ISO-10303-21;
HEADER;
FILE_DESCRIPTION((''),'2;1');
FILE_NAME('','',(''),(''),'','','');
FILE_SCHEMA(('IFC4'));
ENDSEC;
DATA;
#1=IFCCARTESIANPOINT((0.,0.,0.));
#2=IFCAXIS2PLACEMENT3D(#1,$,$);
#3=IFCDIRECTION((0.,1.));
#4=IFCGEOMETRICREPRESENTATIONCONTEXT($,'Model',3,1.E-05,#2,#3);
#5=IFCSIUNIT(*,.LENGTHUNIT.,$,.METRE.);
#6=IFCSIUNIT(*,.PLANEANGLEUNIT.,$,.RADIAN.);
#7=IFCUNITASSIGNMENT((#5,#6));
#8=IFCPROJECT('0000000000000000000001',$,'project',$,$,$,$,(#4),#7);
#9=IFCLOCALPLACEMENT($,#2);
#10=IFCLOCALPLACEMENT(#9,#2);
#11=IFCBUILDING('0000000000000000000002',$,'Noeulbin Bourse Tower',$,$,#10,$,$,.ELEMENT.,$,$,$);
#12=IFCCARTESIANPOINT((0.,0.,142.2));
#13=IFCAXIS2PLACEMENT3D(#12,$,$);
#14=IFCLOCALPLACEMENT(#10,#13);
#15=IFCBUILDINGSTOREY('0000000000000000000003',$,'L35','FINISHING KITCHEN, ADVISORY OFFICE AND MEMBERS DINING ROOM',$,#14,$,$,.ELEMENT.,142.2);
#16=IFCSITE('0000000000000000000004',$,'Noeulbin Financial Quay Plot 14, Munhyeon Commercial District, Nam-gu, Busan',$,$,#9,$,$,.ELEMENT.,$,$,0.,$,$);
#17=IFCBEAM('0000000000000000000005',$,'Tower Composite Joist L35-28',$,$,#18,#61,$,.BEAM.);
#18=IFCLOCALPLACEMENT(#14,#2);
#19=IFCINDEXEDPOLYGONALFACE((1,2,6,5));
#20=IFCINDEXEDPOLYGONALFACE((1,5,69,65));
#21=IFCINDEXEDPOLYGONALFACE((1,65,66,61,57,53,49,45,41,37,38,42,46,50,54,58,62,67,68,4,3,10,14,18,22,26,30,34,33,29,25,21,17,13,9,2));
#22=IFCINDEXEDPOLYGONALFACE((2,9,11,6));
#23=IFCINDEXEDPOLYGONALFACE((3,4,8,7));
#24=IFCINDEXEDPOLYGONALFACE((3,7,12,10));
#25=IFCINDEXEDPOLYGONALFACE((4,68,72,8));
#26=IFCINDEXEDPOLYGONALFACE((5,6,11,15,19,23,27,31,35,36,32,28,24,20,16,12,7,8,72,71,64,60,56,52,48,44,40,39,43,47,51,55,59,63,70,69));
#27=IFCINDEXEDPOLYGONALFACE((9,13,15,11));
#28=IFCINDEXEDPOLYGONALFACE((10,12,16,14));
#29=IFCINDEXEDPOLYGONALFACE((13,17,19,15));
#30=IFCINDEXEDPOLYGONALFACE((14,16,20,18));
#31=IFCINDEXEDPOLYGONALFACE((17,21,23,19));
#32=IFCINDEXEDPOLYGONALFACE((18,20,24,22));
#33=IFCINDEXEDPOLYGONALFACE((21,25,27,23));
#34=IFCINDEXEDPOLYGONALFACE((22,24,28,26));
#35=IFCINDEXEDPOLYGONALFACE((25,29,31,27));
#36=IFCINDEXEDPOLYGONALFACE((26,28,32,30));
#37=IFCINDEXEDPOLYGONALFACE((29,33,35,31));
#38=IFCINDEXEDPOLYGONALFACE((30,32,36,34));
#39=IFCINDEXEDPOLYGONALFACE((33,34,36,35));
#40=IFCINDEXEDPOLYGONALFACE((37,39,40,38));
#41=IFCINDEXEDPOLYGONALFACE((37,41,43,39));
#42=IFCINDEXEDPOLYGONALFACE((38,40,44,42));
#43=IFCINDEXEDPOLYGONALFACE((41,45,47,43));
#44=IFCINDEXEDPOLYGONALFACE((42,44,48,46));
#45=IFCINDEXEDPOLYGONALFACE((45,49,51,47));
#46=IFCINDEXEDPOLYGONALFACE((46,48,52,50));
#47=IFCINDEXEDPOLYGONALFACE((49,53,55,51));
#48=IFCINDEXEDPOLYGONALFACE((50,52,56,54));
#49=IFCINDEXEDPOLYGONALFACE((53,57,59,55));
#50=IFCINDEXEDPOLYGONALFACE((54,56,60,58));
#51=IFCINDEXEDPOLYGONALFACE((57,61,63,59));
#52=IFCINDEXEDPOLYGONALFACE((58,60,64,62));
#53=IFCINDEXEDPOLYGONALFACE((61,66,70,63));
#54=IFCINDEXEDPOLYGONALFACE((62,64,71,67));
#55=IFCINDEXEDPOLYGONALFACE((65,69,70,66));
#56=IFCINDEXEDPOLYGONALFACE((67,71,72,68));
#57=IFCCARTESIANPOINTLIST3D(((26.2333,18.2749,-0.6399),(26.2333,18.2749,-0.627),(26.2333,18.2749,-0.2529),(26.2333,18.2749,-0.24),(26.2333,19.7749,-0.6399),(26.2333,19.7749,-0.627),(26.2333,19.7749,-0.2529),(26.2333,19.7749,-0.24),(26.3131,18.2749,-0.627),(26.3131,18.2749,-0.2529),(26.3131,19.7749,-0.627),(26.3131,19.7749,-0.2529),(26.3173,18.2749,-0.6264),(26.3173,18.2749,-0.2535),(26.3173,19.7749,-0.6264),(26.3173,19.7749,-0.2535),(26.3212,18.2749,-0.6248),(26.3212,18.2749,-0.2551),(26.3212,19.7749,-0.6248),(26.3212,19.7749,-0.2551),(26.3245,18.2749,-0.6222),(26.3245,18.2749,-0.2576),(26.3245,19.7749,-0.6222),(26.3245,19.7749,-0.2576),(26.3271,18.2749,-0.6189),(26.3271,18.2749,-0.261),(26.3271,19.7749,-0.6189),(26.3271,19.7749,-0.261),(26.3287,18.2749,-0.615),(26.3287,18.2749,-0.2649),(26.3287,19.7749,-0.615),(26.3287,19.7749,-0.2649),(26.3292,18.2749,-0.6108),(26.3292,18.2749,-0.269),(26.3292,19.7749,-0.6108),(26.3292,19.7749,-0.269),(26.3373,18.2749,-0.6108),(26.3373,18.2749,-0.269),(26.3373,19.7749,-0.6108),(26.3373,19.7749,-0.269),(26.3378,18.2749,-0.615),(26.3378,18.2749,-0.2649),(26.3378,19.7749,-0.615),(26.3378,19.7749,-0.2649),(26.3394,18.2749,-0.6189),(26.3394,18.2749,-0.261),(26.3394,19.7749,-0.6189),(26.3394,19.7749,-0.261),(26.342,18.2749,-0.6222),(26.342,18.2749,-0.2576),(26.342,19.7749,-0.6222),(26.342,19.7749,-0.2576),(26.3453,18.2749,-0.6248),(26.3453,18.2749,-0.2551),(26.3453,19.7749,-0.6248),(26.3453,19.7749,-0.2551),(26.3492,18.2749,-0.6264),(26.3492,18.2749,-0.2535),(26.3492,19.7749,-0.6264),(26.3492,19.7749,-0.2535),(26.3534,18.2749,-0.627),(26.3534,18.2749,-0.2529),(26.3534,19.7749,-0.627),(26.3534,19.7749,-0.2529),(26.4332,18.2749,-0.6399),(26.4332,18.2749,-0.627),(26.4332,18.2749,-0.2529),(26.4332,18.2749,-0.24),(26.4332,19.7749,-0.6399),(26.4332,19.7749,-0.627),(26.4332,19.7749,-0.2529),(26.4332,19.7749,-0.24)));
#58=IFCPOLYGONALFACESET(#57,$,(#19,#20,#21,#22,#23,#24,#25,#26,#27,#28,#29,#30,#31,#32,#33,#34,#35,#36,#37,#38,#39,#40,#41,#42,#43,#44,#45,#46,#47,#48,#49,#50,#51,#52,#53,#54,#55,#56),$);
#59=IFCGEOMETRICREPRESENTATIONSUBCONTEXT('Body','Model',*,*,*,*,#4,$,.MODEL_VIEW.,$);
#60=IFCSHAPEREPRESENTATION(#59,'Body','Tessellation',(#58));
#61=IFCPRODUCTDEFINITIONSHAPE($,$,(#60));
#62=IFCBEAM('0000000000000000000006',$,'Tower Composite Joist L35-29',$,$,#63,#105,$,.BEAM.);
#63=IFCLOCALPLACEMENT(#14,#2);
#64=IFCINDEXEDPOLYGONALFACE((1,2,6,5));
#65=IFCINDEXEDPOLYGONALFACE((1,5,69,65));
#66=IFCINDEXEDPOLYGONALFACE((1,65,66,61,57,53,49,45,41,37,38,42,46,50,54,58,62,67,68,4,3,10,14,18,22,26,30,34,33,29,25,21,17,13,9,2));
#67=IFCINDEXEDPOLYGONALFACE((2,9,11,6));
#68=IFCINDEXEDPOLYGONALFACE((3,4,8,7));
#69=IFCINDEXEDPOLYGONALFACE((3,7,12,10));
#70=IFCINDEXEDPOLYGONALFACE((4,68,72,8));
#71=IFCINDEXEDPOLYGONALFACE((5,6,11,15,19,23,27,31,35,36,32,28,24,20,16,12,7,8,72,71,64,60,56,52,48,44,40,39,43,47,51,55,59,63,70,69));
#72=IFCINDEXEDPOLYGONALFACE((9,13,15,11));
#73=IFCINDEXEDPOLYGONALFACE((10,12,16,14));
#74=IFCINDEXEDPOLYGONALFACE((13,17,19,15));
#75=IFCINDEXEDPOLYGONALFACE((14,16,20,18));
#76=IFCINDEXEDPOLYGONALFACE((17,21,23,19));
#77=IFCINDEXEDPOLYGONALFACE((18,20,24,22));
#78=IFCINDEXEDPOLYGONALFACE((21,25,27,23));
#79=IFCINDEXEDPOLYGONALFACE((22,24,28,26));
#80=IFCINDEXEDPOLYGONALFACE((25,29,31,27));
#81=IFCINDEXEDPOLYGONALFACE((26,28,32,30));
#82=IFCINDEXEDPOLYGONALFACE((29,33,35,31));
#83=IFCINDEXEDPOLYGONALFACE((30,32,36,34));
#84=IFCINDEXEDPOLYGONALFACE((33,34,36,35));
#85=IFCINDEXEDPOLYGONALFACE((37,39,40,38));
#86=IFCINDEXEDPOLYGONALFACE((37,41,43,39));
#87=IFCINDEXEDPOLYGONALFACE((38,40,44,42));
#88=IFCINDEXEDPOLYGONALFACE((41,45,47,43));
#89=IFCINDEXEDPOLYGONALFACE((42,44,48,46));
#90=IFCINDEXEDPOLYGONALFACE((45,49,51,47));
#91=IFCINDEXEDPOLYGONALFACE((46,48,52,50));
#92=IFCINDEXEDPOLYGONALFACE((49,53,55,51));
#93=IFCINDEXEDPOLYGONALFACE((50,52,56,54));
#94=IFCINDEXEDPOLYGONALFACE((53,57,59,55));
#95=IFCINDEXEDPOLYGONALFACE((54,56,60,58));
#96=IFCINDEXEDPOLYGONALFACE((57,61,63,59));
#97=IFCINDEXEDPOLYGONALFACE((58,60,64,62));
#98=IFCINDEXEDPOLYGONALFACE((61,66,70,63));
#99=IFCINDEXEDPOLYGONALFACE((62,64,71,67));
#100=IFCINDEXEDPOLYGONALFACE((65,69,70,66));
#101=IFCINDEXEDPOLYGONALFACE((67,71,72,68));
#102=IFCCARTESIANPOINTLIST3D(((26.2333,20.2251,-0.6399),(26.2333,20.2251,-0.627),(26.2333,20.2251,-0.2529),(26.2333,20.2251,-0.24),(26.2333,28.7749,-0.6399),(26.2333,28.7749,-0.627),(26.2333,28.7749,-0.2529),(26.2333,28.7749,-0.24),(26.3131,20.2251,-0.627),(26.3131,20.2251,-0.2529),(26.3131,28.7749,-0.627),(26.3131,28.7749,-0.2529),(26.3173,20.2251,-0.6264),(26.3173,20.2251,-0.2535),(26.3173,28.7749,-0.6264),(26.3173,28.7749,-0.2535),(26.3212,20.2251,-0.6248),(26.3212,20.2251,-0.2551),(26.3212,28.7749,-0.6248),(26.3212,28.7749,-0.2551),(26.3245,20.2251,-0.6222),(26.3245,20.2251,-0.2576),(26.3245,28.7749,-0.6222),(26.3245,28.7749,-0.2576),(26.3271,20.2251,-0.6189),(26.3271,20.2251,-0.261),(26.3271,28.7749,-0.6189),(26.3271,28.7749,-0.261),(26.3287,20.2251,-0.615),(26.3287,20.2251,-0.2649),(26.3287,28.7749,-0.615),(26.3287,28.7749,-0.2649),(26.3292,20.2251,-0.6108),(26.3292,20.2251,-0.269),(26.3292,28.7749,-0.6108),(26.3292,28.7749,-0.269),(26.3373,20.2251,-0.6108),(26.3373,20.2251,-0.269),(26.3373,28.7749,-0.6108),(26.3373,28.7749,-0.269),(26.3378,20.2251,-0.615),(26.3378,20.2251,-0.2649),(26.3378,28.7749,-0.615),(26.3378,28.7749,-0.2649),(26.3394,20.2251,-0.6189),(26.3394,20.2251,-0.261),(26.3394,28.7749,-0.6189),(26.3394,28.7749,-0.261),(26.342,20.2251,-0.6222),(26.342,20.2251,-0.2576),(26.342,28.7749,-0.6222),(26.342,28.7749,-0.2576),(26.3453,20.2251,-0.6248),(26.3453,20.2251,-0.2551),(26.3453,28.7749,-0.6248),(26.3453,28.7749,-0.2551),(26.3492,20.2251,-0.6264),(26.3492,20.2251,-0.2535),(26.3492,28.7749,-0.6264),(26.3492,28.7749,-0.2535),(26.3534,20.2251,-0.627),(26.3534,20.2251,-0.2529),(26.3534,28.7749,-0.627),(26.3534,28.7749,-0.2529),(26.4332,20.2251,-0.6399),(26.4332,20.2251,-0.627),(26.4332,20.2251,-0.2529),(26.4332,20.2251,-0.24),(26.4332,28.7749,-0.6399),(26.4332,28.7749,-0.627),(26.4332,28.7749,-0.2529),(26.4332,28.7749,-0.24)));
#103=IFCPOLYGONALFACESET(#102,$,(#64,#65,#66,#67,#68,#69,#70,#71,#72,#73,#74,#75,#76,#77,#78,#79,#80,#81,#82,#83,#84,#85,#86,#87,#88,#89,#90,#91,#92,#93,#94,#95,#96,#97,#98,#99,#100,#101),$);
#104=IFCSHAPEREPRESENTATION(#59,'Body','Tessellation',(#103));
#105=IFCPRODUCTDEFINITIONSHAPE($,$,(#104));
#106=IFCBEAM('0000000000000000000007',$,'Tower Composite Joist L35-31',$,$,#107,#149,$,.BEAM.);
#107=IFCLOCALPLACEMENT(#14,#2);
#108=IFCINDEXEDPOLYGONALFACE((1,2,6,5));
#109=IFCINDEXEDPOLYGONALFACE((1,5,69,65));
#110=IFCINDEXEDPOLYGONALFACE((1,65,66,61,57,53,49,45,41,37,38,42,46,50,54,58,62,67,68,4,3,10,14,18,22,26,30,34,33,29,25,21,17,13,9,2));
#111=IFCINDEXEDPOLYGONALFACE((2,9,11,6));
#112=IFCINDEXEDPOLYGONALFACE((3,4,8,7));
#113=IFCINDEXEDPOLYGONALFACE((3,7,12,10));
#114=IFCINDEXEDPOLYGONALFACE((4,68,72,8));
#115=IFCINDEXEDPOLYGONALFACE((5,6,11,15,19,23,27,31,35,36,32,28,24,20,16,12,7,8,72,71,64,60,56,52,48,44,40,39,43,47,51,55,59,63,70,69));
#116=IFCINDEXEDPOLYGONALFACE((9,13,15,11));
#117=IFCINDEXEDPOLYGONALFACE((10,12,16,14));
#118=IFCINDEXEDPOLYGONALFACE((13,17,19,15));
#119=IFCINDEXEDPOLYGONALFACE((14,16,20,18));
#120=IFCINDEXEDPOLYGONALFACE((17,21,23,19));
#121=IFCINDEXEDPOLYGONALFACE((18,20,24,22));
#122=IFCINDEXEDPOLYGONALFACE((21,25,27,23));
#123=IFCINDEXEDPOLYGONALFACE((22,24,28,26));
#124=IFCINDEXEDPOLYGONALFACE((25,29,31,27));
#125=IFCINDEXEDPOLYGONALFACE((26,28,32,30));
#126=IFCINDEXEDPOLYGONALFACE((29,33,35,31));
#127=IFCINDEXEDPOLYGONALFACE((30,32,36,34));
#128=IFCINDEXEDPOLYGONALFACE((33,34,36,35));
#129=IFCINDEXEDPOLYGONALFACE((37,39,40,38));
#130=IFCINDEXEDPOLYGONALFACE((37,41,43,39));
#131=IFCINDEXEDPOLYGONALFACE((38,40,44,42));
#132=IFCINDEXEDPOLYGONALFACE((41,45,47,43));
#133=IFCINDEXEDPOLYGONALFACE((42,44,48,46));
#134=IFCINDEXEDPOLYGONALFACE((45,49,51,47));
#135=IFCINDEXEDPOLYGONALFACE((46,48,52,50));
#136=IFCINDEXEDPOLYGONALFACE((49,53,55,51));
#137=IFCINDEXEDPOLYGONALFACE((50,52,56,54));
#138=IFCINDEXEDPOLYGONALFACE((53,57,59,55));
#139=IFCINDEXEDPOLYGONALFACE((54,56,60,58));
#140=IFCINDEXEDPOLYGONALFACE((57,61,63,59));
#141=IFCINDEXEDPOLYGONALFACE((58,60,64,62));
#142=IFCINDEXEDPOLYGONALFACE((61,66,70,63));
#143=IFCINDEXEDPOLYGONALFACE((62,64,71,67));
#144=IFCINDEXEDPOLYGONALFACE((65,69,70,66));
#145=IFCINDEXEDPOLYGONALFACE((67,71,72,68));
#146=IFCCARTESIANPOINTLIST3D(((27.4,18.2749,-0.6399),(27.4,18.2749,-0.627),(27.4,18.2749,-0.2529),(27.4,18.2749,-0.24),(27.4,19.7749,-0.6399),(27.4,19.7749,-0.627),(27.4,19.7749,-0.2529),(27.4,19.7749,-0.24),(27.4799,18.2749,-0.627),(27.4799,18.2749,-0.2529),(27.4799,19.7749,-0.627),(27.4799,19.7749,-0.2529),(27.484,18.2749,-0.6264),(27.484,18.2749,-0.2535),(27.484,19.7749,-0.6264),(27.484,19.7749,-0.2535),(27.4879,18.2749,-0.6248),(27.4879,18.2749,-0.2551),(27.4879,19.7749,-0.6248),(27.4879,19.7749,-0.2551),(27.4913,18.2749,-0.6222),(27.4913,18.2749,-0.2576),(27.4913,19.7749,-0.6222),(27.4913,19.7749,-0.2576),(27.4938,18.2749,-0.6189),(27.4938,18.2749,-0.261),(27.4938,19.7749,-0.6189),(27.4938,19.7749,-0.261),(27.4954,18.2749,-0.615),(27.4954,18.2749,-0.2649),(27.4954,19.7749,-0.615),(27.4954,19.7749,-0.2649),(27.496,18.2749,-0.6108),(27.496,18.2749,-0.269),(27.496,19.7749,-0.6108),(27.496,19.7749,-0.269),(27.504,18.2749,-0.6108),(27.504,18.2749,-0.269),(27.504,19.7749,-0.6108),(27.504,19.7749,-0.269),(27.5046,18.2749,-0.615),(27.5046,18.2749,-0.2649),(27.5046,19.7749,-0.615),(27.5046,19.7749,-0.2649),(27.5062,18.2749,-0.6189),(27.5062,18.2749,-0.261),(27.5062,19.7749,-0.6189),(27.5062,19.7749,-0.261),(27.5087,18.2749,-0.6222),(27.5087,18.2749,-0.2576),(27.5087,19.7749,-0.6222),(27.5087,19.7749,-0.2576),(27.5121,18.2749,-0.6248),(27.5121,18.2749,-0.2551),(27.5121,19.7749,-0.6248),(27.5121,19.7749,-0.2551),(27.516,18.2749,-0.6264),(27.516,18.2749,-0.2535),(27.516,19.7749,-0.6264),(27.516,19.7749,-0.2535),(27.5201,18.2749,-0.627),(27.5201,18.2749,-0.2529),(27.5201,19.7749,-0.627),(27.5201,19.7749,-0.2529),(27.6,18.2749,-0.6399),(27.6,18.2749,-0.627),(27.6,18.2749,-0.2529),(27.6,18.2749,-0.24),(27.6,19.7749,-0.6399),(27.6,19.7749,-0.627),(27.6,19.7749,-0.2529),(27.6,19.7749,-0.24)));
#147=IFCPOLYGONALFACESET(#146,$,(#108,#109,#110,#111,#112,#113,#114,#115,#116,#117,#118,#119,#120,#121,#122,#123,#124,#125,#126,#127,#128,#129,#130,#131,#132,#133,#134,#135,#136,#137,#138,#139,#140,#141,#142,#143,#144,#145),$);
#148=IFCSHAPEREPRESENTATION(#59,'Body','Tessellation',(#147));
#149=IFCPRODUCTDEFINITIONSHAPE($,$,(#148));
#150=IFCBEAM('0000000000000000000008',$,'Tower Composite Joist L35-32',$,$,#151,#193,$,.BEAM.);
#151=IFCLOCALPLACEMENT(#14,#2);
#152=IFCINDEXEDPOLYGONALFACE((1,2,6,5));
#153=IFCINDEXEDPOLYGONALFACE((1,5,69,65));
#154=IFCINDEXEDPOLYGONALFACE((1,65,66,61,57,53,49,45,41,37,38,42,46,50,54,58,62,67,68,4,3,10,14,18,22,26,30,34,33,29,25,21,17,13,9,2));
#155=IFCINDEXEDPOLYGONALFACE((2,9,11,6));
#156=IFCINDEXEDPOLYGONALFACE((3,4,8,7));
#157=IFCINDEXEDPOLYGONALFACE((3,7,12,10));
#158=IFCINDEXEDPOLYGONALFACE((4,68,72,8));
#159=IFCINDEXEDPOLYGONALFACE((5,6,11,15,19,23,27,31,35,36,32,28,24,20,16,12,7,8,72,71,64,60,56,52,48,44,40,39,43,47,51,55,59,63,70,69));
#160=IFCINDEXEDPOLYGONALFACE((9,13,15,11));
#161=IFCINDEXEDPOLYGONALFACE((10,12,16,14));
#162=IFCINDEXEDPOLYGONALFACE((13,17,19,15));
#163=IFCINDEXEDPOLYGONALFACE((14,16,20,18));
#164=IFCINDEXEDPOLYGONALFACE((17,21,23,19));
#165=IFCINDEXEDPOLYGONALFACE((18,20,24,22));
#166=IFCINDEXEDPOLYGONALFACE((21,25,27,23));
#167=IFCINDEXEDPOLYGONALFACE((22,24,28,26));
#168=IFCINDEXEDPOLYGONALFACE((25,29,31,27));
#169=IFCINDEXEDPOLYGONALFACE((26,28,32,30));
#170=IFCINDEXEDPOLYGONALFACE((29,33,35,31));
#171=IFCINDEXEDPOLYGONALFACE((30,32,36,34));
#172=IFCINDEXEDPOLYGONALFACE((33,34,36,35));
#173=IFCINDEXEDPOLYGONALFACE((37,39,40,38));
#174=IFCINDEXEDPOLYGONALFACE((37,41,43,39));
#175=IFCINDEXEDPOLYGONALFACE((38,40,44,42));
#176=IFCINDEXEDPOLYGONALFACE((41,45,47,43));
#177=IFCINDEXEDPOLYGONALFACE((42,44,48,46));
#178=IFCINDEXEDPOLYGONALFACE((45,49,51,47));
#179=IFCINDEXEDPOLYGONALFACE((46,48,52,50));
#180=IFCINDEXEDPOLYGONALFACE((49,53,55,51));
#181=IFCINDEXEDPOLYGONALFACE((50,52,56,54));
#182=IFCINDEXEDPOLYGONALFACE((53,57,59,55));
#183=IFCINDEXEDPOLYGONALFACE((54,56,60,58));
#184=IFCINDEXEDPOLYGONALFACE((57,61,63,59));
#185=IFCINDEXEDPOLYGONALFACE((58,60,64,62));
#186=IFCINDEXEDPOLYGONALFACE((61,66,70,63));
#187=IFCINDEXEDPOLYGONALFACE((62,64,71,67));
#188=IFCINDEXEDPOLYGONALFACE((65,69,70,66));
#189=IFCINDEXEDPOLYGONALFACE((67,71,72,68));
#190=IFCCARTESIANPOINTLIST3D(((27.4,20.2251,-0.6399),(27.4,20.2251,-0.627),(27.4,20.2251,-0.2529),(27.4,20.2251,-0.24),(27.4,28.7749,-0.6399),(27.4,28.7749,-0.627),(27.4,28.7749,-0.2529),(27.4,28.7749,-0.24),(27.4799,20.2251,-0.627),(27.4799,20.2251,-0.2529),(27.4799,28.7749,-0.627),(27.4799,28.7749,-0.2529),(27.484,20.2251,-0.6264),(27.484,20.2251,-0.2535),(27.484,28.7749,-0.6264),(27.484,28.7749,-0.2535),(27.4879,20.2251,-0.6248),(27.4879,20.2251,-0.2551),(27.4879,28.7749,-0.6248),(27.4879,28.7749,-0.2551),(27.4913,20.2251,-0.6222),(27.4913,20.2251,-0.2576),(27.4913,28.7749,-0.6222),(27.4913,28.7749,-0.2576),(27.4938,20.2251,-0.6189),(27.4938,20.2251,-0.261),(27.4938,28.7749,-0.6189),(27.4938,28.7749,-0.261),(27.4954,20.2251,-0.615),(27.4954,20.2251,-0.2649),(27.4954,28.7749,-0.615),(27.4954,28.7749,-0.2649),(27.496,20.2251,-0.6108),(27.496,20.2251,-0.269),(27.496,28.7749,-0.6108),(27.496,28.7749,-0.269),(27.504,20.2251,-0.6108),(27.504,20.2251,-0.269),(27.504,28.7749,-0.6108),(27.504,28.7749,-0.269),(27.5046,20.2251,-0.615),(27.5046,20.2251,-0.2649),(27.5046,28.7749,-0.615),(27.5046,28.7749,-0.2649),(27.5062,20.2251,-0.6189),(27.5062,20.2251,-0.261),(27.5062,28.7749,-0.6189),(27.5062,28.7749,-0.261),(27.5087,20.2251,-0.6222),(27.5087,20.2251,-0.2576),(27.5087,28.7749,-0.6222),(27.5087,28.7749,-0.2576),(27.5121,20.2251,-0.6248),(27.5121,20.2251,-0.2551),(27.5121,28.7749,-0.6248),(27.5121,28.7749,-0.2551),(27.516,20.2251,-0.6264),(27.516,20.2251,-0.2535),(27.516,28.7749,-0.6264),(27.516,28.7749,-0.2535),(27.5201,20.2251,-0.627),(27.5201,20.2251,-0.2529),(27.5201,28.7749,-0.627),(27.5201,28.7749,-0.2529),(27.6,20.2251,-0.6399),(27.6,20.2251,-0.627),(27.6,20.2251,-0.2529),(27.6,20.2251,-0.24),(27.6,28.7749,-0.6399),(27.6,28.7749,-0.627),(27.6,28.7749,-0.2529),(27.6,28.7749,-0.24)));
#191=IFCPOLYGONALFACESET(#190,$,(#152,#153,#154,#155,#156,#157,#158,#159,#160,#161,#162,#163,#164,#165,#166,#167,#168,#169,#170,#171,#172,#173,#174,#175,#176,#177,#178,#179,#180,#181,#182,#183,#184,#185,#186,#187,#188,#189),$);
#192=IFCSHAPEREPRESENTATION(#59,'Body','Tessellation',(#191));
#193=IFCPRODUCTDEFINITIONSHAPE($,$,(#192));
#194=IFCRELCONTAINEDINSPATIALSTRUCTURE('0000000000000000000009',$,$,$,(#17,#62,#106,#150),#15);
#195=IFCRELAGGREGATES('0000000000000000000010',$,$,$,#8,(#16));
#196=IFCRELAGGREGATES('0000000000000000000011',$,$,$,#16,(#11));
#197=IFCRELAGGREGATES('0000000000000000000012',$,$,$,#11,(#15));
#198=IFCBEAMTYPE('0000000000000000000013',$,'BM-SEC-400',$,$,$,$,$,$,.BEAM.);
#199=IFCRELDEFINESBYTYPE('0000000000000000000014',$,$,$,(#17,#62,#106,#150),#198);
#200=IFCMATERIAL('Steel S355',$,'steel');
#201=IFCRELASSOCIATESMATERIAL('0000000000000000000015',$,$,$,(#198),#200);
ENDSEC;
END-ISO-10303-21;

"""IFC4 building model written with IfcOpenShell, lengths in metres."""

from ifc_helpers import new_model, si_unit, direction, frame, origin, origin_2d, place, context, subcontext, project, spatial, i_section, extrude, material, material_profile, profile_set, type_object, element, save


model = new_model("IFC4")

# Units and contexts
model_context = context("Model", 3, precision=1e-05, world=origin(), true_north=direction((0.0, 1.0)))
body_context = subcontext(model_context, "Body", "Model", "MODEL_VIEW")
ifc_project = project(units=[si_unit("LENGTHUNIT", "METRE"), si_unit("PLANEANGLEUNIT", "RADIAN")], contexts=[model_context])

# Site, building, storey
site_placement = place(None, origin())
site = spatial("IfcSite", under=ifc_project, at=site_placement, Name="Noeulbin Financial Quay Plot 14, Munhyeon Commercial District, Nam-gu, Busan", CompositionType="ELEMENT", RefElevation=0.0)
building_placement = place(site_placement, origin())
building = spatial("IfcBuilding", under=site, at=building_placement, Name="Noeulbin Bourse Tower", CompositionType="ELEMENT")
storey_placement = place(building_placement, frame((0.0, 0.0, 142.2)))
storey = spatial("IfcBuildingStorey", under=building, at=storey_placement, Name="L35", Description="FINISHING KITCHEN, ADVISORY OFFICE AND MEMBERS DINING ROOM", CompositionType="ELEMENT", Elevation=142.2)

# Beams
ifc_material_1 = material(Name="Steel S355", Category="steel")
ifc_material_profile_1 = material_profile(ifc_material_1, i_section(OverallWidth=0.2, OverallDepth=0.3999, WebThickness=0.0081, FlangeThickness=0.0129, FilletRadius=0.0161, at=origin_2d()), Name="H-400x200x8x13", Category="LoadBearing")
ifc_profile_set_1 = profile_set([ifc_material_profile_1], Name="Steel S355")
beam_type_1 = type_object("IfcBeamType", Name="BM-SEC-400", PredefinedType="BEAM", material=ifc_profile_set_1)
beam_1_placement = place(storey_placement, frame((26.3333, 18.2749, -0.4399), z_axis=(0.0, 1.0, 0.0), x_axis=(-1.0, 0.0, 0.0)))
element("IfcBeam", 1, at=beam_1_placement, inside=storey, type_object=beam_type_1, Name="Tower Composite Joist L35-28", PredefinedType="BEAM", context=body_context, shape_type="SweptSolid", body=[
    extrude(i_section(OverallWidth=0.2, OverallDepth=0.3999, WebThickness=0.0081, FlangeThickness=0.0129, FilletRadius=0.0161, at=origin_2d()), origin(), (0.0, 0.0, 1.0), 1.5),
])
beam_2_placement = place(storey_placement, frame((26.3333, 20.2251, -0.4399), z_axis=(0.0, 1.0, 0.0), x_axis=(-1.0, 0.0, 0.0)))
element("IfcBeam", 2, at=beam_2_placement, inside=storey, type_object=beam_type_1, Name="Tower Composite Joist L35-29", PredefinedType="BEAM", context=body_context, shape_type="SweptSolid", body=[
    extrude(i_section(OverallWidth=0.2, OverallDepth=0.3999, WebThickness=0.0081, FlangeThickness=0.0129, FilletRadius=0.0161, at=origin_2d()), origin(), (0.0, 0.0, 1.0), 8.5498),
])
beam_3_placement = place(storey_placement, frame((27.5, 18.2749, -0.4399), z_axis=(0.0, 1.0, 0.0), x_axis=(-1.0, 0.0, 0.0)))
element("IfcBeam", 3, at=beam_3_placement, inside=storey, type_object=beam_type_1, Name="Tower Composite Joist L35-31", PredefinedType="BEAM", context=body_context, shape_type="SweptSolid", body=[
    extrude(i_section(OverallWidth=0.2, OverallDepth=0.3999, WebThickness=0.0081, FlangeThickness=0.0129, FilletRadius=0.0161, at=origin_2d()), origin(), (0.0, 0.0, 1.0), 1.5),
])
beam_4_placement = place(storey_placement, frame((27.5, 20.2251, -0.4399), z_axis=(0.0, 1.0, 0.0), x_axis=(-1.0, 0.0, 0.0)))
element("IfcBeam", 4, at=beam_4_placement, inside=storey, type_object=beam_type_1, Name="Tower Composite Joist L35-32", PredefinedType="BEAM", context=body_context, shape_type="SweptSolid", body=[
    extrude(i_section(OverallWidth=0.2, OverallDepth=0.3999, WebThickness=0.0081, FlangeThickness=0.0129, FilletRadius=0.0161, at=origin_2d()), origin(), (0.0, 0.0, 1.0), 8.5498),
])

save(model, "model.ifc")
